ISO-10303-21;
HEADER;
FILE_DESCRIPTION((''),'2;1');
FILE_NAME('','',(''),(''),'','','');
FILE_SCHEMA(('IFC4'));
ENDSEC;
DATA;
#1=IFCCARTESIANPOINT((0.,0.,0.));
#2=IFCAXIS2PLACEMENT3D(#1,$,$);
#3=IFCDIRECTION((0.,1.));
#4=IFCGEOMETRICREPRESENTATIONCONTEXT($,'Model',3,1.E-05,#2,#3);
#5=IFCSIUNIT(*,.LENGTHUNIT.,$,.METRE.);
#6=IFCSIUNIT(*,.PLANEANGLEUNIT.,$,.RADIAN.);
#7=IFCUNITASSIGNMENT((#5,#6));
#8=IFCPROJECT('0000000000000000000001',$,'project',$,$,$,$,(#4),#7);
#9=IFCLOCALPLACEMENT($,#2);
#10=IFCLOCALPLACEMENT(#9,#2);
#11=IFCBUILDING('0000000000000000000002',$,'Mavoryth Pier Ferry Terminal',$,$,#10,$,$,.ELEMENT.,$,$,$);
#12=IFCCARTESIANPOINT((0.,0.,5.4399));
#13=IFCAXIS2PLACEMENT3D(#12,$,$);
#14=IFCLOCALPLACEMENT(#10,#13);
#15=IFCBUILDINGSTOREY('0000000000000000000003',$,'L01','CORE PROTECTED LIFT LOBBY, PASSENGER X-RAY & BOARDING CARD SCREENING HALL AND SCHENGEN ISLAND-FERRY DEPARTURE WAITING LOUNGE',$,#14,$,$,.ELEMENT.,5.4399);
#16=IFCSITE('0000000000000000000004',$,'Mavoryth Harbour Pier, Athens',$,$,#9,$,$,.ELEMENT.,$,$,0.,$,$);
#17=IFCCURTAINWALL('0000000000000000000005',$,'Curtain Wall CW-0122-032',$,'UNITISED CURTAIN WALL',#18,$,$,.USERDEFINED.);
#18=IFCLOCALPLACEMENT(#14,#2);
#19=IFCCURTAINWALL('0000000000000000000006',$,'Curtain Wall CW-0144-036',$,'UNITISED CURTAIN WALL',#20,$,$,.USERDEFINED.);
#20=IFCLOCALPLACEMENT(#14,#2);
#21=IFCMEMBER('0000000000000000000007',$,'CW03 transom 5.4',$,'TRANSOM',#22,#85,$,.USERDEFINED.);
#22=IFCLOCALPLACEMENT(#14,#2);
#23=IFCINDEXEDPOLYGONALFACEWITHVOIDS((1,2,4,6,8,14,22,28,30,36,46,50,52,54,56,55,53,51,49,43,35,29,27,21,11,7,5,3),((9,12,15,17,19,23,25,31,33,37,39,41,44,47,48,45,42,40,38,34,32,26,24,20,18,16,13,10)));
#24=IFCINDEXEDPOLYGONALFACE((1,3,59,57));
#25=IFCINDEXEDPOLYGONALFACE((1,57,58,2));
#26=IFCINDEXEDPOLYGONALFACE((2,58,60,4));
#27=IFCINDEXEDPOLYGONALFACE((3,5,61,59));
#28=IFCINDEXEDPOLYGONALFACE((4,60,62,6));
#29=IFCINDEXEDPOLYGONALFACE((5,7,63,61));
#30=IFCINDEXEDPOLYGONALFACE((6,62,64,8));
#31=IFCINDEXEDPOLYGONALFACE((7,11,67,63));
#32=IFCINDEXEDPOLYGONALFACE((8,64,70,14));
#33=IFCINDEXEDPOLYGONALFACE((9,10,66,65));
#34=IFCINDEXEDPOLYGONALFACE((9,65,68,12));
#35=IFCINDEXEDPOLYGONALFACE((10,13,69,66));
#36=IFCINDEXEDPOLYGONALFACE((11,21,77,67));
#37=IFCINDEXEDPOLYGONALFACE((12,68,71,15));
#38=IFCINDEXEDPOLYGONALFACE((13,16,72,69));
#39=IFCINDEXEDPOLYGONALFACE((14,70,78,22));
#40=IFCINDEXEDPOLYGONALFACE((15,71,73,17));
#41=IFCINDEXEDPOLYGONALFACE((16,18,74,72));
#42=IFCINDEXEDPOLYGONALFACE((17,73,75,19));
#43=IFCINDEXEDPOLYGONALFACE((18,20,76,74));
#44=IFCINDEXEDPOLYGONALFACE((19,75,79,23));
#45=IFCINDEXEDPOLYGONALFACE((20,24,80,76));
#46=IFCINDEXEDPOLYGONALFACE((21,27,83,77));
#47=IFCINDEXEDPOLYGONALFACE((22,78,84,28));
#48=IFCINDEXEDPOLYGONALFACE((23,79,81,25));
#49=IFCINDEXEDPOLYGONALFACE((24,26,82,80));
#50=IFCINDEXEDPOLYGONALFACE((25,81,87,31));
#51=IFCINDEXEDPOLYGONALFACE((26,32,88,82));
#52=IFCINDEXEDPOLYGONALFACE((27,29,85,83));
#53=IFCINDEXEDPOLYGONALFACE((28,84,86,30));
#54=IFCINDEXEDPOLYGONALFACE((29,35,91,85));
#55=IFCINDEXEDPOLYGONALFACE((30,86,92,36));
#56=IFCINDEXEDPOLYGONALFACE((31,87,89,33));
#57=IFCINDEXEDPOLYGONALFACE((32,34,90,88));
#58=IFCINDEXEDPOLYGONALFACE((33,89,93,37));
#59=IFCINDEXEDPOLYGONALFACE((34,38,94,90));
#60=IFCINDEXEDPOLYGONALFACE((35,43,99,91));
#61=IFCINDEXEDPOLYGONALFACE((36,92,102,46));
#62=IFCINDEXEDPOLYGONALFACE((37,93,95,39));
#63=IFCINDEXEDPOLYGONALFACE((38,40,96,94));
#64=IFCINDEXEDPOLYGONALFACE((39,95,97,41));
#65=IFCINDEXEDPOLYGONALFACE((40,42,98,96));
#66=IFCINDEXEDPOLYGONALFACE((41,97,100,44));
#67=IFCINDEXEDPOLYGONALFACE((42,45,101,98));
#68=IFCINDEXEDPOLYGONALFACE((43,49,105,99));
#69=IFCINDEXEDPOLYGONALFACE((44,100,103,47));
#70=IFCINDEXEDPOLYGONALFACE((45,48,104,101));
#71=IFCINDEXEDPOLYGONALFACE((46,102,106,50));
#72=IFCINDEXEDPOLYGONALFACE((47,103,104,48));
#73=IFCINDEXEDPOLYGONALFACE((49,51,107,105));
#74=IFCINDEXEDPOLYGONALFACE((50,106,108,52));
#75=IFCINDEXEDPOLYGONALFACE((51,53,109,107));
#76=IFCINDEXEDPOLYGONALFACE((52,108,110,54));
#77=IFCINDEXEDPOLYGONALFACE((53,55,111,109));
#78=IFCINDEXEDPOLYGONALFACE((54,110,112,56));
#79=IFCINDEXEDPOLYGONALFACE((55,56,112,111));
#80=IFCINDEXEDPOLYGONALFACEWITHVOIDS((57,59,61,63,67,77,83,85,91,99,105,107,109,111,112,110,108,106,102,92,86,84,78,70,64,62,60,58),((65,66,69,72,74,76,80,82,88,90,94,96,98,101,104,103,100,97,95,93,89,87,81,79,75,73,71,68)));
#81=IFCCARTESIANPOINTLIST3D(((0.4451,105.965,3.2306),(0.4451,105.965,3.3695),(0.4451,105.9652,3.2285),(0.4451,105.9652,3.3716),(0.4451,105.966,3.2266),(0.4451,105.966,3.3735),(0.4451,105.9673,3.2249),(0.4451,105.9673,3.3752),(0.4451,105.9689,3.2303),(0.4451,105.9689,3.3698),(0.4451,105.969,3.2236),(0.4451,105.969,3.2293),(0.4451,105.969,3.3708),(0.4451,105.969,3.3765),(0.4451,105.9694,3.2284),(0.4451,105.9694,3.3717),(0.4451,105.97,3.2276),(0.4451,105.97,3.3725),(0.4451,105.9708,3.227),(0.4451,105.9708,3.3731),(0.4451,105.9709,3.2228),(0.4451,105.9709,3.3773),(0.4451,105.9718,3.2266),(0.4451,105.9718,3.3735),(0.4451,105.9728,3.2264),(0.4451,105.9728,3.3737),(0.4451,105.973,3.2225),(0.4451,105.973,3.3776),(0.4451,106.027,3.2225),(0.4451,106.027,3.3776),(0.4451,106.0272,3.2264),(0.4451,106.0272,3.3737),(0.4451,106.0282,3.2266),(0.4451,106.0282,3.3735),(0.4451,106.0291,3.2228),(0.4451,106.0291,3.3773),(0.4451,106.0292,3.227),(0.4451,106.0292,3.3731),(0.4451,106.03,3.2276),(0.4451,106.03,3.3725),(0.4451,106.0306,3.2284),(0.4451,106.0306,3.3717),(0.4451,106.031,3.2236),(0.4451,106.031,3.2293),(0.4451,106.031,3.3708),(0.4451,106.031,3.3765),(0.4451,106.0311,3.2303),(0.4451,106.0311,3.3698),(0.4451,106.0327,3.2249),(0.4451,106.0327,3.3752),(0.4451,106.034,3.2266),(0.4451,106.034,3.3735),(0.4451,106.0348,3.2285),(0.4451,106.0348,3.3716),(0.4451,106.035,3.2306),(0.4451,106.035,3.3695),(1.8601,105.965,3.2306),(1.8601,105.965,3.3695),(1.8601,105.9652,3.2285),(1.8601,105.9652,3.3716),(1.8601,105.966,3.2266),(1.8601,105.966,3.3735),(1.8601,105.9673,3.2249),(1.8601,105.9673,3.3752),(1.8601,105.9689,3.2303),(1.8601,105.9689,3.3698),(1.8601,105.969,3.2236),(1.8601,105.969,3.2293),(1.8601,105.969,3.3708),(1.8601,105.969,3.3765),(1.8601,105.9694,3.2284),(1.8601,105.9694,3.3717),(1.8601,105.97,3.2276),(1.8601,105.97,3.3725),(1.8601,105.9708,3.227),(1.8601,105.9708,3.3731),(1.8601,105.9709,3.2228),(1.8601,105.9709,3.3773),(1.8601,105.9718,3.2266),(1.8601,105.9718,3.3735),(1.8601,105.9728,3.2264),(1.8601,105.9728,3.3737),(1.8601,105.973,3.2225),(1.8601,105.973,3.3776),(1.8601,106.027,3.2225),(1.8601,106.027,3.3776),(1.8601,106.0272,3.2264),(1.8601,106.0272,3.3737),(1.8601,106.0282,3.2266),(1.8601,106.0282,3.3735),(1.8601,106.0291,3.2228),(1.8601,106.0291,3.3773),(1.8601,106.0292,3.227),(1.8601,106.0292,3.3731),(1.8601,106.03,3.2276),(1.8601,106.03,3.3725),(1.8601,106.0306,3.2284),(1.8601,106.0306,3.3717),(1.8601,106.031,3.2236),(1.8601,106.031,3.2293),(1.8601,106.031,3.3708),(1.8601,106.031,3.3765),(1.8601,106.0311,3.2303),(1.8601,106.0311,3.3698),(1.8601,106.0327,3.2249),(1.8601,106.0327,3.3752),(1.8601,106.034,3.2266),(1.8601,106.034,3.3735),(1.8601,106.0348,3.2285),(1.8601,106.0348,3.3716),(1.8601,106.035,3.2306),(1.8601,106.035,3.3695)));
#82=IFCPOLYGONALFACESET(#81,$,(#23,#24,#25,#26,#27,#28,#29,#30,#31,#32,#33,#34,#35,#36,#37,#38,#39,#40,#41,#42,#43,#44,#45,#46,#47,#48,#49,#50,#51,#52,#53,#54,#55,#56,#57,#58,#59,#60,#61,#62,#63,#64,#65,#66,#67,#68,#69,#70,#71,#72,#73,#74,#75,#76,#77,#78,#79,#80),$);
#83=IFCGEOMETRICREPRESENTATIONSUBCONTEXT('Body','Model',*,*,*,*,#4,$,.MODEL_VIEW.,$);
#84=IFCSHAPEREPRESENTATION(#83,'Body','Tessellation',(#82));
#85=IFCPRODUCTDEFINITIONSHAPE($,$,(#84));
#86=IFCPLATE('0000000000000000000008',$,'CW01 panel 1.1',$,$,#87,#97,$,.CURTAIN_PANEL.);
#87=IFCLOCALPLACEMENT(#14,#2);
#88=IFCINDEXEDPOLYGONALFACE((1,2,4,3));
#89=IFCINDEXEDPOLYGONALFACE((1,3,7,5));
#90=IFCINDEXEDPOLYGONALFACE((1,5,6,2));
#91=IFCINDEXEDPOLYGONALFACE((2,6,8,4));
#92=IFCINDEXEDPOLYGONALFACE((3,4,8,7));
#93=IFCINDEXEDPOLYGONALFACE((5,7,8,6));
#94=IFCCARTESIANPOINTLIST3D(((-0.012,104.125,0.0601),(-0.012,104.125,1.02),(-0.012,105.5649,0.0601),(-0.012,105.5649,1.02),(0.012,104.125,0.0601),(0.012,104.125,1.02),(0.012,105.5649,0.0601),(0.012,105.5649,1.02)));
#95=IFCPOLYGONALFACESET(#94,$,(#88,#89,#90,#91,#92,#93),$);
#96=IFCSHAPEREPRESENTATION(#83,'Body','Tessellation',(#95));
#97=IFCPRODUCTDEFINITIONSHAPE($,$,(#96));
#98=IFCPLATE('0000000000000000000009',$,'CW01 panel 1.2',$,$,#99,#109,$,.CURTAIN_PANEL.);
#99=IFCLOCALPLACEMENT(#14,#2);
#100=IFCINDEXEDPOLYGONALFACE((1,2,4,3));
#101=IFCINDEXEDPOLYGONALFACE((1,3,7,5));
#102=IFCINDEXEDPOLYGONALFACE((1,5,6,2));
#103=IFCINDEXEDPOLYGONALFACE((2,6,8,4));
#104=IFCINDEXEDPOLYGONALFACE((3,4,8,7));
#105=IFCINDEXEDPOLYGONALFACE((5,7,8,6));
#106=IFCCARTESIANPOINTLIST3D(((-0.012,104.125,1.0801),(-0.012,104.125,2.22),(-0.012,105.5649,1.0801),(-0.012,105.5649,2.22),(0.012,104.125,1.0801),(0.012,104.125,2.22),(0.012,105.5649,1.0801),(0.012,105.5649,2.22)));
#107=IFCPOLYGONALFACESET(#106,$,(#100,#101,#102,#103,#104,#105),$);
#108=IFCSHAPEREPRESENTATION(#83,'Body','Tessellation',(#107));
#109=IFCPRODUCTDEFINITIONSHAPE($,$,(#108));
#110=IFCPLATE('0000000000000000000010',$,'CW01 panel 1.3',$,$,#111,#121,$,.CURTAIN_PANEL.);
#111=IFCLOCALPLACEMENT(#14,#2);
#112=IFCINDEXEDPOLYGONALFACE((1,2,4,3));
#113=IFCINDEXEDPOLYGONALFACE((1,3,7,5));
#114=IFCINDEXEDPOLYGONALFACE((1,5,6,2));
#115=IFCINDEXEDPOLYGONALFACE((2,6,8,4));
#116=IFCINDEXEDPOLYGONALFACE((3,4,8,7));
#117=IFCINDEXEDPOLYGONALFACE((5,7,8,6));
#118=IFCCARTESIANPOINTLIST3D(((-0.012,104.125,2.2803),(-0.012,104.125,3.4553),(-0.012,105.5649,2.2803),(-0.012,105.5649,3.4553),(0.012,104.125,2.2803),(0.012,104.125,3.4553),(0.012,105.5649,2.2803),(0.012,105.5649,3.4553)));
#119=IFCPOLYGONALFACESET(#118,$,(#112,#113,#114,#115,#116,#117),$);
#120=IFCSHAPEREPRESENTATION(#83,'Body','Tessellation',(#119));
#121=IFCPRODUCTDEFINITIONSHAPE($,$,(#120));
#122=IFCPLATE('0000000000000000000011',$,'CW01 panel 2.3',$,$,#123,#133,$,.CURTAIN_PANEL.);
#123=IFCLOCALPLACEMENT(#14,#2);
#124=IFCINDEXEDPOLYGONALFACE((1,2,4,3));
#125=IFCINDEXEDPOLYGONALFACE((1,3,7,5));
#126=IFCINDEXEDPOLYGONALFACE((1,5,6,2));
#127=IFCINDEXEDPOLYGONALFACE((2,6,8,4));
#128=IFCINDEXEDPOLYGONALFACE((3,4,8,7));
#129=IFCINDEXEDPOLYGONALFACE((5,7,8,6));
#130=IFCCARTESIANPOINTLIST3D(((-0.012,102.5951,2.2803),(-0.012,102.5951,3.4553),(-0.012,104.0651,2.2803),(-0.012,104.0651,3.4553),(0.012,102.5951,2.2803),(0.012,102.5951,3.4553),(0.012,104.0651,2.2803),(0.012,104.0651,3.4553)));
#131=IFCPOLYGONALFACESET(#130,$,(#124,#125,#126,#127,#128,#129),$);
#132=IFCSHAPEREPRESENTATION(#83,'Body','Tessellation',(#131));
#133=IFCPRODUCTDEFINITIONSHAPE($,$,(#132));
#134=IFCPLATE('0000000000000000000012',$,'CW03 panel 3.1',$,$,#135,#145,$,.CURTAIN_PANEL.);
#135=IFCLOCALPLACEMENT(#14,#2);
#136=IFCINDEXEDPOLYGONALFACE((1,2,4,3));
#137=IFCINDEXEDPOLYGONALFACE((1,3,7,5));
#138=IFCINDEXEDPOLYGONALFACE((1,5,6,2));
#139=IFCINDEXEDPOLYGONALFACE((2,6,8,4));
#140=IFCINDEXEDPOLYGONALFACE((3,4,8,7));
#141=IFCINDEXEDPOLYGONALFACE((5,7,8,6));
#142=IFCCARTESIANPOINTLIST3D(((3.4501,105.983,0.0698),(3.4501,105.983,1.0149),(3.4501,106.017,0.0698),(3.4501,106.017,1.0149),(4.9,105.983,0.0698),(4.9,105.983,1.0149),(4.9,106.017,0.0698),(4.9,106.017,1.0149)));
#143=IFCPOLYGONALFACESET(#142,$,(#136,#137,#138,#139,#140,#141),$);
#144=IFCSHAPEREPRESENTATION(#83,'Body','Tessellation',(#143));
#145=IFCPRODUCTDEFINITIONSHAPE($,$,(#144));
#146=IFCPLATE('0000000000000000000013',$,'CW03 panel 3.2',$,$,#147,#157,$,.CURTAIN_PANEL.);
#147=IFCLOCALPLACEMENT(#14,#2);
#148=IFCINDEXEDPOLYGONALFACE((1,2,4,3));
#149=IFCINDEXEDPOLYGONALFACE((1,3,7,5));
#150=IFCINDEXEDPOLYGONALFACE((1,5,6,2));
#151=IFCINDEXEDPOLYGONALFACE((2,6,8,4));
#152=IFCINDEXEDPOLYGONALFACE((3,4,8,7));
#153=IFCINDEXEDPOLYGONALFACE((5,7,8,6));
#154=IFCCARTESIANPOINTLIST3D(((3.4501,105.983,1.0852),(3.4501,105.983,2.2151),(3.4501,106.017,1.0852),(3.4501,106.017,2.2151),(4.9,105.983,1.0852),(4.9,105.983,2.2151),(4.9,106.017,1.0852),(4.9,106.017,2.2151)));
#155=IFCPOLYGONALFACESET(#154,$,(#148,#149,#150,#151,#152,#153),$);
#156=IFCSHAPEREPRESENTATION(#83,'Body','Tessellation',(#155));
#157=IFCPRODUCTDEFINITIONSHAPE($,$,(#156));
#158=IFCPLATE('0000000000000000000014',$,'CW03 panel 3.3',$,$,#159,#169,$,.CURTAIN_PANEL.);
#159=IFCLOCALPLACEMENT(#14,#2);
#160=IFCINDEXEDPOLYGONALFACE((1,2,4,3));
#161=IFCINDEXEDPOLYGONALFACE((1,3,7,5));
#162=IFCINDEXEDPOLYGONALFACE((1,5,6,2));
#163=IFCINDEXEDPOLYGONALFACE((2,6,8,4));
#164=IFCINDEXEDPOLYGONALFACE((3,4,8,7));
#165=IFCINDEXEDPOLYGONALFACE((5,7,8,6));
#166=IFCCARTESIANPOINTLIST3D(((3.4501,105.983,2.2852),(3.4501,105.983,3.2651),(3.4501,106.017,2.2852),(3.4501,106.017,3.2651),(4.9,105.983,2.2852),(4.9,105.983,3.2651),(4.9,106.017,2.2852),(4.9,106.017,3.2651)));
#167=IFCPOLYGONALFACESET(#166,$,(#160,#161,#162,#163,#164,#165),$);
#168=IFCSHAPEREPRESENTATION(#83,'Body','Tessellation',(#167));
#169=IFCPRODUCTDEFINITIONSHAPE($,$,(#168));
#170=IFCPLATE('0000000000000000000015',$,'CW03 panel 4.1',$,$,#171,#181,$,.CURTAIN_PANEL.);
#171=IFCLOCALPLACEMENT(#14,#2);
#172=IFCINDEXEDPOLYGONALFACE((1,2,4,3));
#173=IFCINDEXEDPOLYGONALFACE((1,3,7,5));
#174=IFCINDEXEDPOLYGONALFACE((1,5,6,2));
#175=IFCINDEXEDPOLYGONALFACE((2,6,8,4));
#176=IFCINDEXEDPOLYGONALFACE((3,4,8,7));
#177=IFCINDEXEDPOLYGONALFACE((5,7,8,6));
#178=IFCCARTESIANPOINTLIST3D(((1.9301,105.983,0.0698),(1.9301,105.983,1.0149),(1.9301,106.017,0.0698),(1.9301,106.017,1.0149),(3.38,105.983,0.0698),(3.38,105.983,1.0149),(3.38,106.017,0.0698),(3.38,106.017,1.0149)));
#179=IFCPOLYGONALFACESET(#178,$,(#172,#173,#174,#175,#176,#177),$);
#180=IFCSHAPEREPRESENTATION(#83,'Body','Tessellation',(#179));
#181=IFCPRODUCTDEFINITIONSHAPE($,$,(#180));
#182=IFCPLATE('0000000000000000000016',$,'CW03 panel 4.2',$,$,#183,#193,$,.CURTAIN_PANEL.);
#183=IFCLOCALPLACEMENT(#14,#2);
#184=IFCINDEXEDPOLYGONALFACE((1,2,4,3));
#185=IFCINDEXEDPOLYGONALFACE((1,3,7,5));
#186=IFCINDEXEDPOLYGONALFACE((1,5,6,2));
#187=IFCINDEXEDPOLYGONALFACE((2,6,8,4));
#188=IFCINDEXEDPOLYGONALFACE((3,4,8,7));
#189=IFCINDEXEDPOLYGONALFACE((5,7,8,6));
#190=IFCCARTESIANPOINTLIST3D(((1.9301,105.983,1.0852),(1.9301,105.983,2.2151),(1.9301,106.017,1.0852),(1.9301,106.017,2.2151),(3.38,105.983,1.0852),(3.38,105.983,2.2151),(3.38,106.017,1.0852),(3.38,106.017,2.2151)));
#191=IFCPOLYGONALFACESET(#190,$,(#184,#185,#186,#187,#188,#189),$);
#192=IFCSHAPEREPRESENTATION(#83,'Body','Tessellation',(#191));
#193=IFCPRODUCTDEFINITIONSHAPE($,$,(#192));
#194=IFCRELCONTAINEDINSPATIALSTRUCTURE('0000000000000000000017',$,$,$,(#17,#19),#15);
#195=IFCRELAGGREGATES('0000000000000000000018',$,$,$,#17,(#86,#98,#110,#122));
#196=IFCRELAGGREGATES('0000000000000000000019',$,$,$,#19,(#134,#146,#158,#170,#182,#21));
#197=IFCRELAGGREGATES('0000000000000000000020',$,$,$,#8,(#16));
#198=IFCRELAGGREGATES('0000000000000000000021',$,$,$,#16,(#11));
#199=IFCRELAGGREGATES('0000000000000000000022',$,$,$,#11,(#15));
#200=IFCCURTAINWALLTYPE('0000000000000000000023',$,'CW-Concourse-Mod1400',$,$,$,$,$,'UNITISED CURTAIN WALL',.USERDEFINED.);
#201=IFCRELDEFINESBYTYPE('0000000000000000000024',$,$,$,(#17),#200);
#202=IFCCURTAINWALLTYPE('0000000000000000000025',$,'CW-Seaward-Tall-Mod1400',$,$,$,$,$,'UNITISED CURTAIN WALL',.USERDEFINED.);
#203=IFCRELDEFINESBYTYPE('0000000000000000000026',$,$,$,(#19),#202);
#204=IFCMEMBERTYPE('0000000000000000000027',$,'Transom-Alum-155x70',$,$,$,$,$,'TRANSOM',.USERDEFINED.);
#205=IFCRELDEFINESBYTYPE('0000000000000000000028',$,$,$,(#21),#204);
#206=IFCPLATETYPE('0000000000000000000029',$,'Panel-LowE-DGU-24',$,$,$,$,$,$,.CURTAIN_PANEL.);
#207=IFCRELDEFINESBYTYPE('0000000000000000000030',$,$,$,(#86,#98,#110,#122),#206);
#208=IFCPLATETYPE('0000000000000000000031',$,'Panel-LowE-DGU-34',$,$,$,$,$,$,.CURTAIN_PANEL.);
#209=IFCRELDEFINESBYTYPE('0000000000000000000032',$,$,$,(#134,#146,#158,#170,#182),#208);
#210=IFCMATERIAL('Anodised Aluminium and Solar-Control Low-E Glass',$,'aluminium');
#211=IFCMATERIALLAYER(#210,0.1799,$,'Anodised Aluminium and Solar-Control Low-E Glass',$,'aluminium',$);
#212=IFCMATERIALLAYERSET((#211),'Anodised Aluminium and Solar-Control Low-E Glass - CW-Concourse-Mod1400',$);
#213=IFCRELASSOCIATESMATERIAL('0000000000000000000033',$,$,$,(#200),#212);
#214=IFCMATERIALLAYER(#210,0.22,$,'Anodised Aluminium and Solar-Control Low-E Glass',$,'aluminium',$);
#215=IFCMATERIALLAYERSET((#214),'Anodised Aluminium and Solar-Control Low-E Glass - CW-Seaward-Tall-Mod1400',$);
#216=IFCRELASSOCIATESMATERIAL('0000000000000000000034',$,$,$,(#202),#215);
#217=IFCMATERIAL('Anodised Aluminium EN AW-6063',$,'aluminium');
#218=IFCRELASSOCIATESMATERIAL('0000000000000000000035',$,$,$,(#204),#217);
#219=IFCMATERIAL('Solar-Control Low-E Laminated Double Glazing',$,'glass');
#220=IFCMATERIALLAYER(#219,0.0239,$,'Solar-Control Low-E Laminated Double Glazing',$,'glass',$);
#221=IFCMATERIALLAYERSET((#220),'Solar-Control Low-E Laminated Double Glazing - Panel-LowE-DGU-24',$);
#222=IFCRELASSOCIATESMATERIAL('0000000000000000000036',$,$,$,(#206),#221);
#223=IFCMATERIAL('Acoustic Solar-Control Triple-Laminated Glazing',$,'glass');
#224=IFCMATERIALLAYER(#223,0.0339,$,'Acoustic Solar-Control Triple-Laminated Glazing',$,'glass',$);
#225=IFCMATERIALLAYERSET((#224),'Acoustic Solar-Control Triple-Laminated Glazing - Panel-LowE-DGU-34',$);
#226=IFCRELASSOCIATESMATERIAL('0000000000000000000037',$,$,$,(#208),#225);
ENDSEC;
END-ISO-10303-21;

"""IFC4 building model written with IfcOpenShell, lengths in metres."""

from ifc_helpers import new_model, si_unit, direction, frame, origin, origin_2d, place, context, subcontext, project, spatial, rectangle, hollow_rectangle, extrude, material, layer, layer_set, material_profile, profile_set, type_object, element, aggregate, save


model = new_model("IFC4")

# Units and contexts
model_context = context("Model", 3, precision=1e-05, world=origin(), true_north=direction((0.0, 1.0)))
body_context = subcontext(model_context, "Body", "Model", "MODEL_VIEW")
ifc_project = project(units=[si_unit("LENGTHUNIT", "METRE"), si_unit("PLANEANGLEUNIT", "RADIAN")], contexts=[model_context])

# Site, building, storey
site_placement = place(None, origin())
site = spatial("IfcSite", under=ifc_project, at=site_placement, Name="Mavoryth Harbour Pier, Athens", CompositionType="ELEMENT", RefElevation=0.0)
building_placement = place(site_placement, origin())
building = spatial("IfcBuilding", under=site, at=building_placement, Name="Mavoryth Pier Ferry Terminal", CompositionType="ELEMENT")
storey_placement = place(building_placement, frame((0.0, 0.0, 5.4399)))
storey = spatial("IfcBuildingStorey", under=building, at=storey_placement, Name="L01", Description="CORE PROTECTED LIFT LOBBY, PASSENGER X-RAY & BOARDING CARD SCREENING HALL AND SCHENGEN ISLAND-FERRY DEPARTURE WAITING LOUNGE", CompositionType="ELEMENT", Elevation=5.4399)

# Curtain walls
ifc_material_1 = material(Name="Anodised Aluminium and Solar-Control Low-E Glass", Category="aluminium")
ifc_layer_1 = layer(ifc_material_1, 0.1799, Name="Anodised Aluminium and Solar-Control Low-E Glass", Category="aluminium")
ifc_layer_set_1 = layer_set([ifc_layer_1], Name="Anodised Aluminium and Solar-Control Low-E Glass - CW-Concourse-Mod1400")
curtain_wall_type_1 = type_object("IfcCurtainWallType", Name="CW-Concourse-Mod1400", ElementType="UNITISED CURTAIN WALL", PredefinedType="USERDEFINED", material=ifc_layer_set_1)
curtain_wall_1_placement = place(storey_placement, origin())
curtain_wall_1 = element("IfcCurtainWall", 1, at=curtain_wall_1_placement, inside=storey, type_object=curtain_wall_type_1, Name="Curtain Wall CW-0122-032", ObjectType="UNITISED CURTAIN WALL", PredefinedType="USERDEFINED")
ifc_material_2 = material(Name="Anodised Aluminium EN AW-6063", Category="aluminium")
ifc_layer_2 = layer(ifc_material_1, 0.22, Name="Anodised Aluminium and Solar-Control Low-E Glass", Category="aluminium")
ifc_layer_set_2 = layer_set([ifc_layer_2], Name="Anodised Aluminium and Solar-Control Low-E Glass - CW-Seaward-Tall-Mod1400")
curtain_wall_type_2 = type_object("IfcCurtainWallType", Name="CW-Seaward-Tall-Mod1400", ElementType="UNITISED CURTAIN WALL", PredefinedType="USERDEFINED", material=ifc_layer_set_2)
curtain_wall_2_placement = place(storey_placement, origin())
curtain_wall_2 = element("IfcCurtainWall", 2, at=curtain_wall_2_placement, inside=storey, type_object=curtain_wall_type_2, Name="Curtain Wall CW-0144-036", ObjectType="UNITISED CURTAIN WALL", PredefinedType="USERDEFINED")

# Member
ifc_material_profile_1 = material_profile(ifc_material_2, hollow_rectangle(XDim=0.0701, YDim=0.155, WallThickness=0.0039, InnerFilletRadius=0.0039, OuterFilletRadius=0.0081, at=origin_2d()), Name="AL-TRAN 155x70x4", Category="aluminium")
ifc_profile_set_1 = profile_set([ifc_material_profile_1], Name="Anodised Aluminium EN AW-6063 - AL-TRAN 155x70x4")
member_type_1 = type_object("IfcMemberType", Name="Transom-Alum-155x70", ElementType="TRANSOM", PredefinedType="USERDEFINED", material=ifc_profile_set_1)
member_1_placement = place(storey_placement, frame((1.8601, 106.0, 3.3), z_axis=(-1.0, 0.0, 0.0), x_axis=(0.0, -1.0, 0.0)))
member_1 = element("IfcMember", 3, at=member_1_placement, type_object=member_type_1, Name="CW03 transom 5.4", ObjectType="TRANSOM", PredefinedType="USERDEFINED", context=body_context, shape_type="SweptSolid", body=[
    extrude(hollow_rectangle(XDim=0.0701, YDim=0.155, WallThickness=0.0039, InnerFilletRadius=0.0039, OuterFilletRadius=0.0081, at=origin_2d()), origin(), (0.0, 0.0, 1.0), 1.415),
])

# Plates
ifc_material_3 = material(Name="Solar-Control Low-E Laminated Double Glazing", Category="glass")
ifc_layer_3 = layer(ifc_material_3, 0.0239, Name="Solar-Control Low-E Laminated Double Glazing", Category="glass")
ifc_layer_set_3 = layer_set([ifc_layer_3], Name="Solar-Control Low-E Laminated Double Glazing - Panel-LowE-DGU-24")
plate_type_1 = type_object("IfcPlateType", Name="Panel-LowE-DGU-24", PredefinedType="CURTAIN_PANEL", material=ifc_layer_set_3)
plate_1_placement = place(storey_placement, frame((0.0, 104.845, 0.0601), z_axis=(0.0, 0.0, 1.0), x_axis=(0.0, -1.0, 0.0)))
plate_1 = element("IfcPlate", 4, at=plate_1_placement, type_object=plate_type_1, Name="CW01 panel 1.1", PredefinedType="CURTAIN_PANEL", context=body_context, shape_type="SweptSolid", body=[
    extrude(rectangle(XDim=1.4399, YDim=0.0239, at=origin_2d()), origin(), (0.0, 0.0, 1.0), 0.96),
])
plate_2_placement = place(storey_placement, frame((0.0, 104.845, 1.0801), z_axis=(0.0, 0.0, 1.0), x_axis=(0.0, -1.0, 0.0)))
plate_2 = element("IfcPlate", 5, at=plate_2_placement, type_object=plate_type_1, Name="CW01 panel 1.2", PredefinedType="CURTAIN_PANEL", context=body_context, shape_type="SweptSolid", body=[
    extrude(rectangle(XDim=1.4399, YDim=0.0239, at=origin_2d()), origin(), (0.0, 0.0, 1.0), 1.1399),
])
plate_3_placement = place(storey_placement, frame((0.0, 104.845, 2.2803), z_axis=(0.0, 0.0, 1.0), x_axis=(0.0, -1.0, 0.0)))
plate_3 = element("IfcPlate", 6, at=plate_3_placement, type_object=plate_type_1, Name="CW01 panel 1.3", PredefinedType="CURTAIN_PANEL", context=body_context, shape_type="SweptSolid", body=[
    extrude(rectangle(XDim=1.4399, YDim=0.0239, at=origin_2d()), origin(), (0.0, 0.0, 1.0), 1.175),
])
plate_4_placement = place(storey_placement, frame((0.0, 103.3301, 2.2803), z_axis=(0.0, 0.0, 1.0), x_axis=(0.0, -1.0, 0.0)))
plate_4 = element("IfcPlate", 7, at=plate_4_placement, type_object=plate_type_1, Name="CW01 panel 2.3", PredefinedType="CURTAIN_PANEL", context=body_context, shape_type="SweptSolid", body=[
    extrude(rectangle(XDim=1.47, YDim=0.0239, at=origin_2d()), origin(), (0.0, 0.0, 1.0), 1.175),
])
aggregate(curtain_wall_1, [plate_1, plate_2, plate_3, plate_4])
ifc_material_4 = material(Name="Acoustic Solar-Control Triple-Laminated Glazing", Category="glass")
ifc_layer_4 = layer(ifc_material_4, 0.0339, Name="Acoustic Solar-Control Triple-Laminated Glazing", Category="glass")
ifc_layer_set_4 = layer_set([ifc_layer_4], Name="Acoustic Solar-Control Triple-Laminated Glazing - Panel-LowE-DGU-34")
plate_type_2 = type_object("IfcPlateType", Name="Panel-LowE-DGU-34", PredefinedType="CURTAIN_PANEL", material=ifc_layer_set_4)
plate_5_placement = place(storey_placement, frame((4.175, 106.0, 0.0698), z_axis=(0.0, 0.0, 1.0), x_axis=(-1.0, 0.0, 0.0)))
plate_5 = element("IfcPlate", 8, at=plate_5_placement, type_object=plate_type_2, Name="CW03 panel 3.1", PredefinedType="CURTAIN_PANEL", context=body_context, shape_type="SweptSolid", body=[
    extrude(rectangle(XDim=1.45, YDim=0.0339, at=origin_2d()), origin(), (0.0, 0.0, 1.0), 0.9451),
])
plate_6_placement = place(storey_placement, frame((4.175, 106.0, 1.0852), z_axis=(0.0, 0.0, 1.0), x_axis=(-1.0, 0.0, 0.0)))
plate_6 = element("IfcPlate", 9, at=plate_6_placement, type_object=plate_type_2, Name="CW03 panel 3.2", PredefinedType="CURTAIN_PANEL", context=body_context, shape_type="SweptSolid", body=[
    extrude(rectangle(XDim=1.45, YDim=0.0339, at=origin_2d()), origin(), (0.0, 0.0, 1.0), 1.1299),
])
plate_7_placement = place(storey_placement, frame((4.175, 106.0, 2.2852), z_axis=(0.0, 0.0, 1.0), x_axis=(-1.0, 0.0, 0.0)))
plate_7 = element("IfcPlate", 10, at=plate_7_placement, type_object=plate_type_2, Name="CW03 panel 3.3", PredefinedType="CURTAIN_PANEL", context=body_context, shape_type="SweptSolid", body=[
    extrude(rectangle(XDim=1.45, YDim=0.0339, at=origin_2d()), origin(), (0.0, 0.0, 1.0), 0.98),
])
plate_8_placement = place(storey_placement, frame((2.655, 106.0, 0.0698), z_axis=(0.0, 0.0, 1.0), x_axis=(-1.0, 0.0, 0.0)))
plate_8 = element("IfcPlate", 11, at=plate_8_placement, type_object=plate_type_2, Name="CW03 panel 4.1", PredefinedType="CURTAIN_PANEL", context=body_context, shape_type="SweptSolid", body=[
    extrude(rectangle(XDim=1.45, YDim=0.0339, at=origin_2d()), origin(), (0.0, 0.0, 1.0), 0.9451),
])
plate_9_placement = place(storey_placement, frame((2.655, 106.0, 1.0852), z_axis=(0.0, 0.0, 1.0), x_axis=(-1.0, 0.0, 0.0)))
plate_9 = element("IfcPlate", 12, at=plate_9_placement, type_object=plate_type_2, Name="CW03 panel 4.2", PredefinedType="CURTAIN_PANEL", context=body_context, shape_type="SweptSolid", body=[
    extrude(rectangle(XDim=1.45, YDim=0.0339, at=origin_2d()), origin(), (0.0, 0.0, 1.0), 1.1299),
])
aggregate(curtain_wall_2, [plate_5, plate_6, plate_7, plate_8, plate_9, member_1])

save(model, "model.ifc")
